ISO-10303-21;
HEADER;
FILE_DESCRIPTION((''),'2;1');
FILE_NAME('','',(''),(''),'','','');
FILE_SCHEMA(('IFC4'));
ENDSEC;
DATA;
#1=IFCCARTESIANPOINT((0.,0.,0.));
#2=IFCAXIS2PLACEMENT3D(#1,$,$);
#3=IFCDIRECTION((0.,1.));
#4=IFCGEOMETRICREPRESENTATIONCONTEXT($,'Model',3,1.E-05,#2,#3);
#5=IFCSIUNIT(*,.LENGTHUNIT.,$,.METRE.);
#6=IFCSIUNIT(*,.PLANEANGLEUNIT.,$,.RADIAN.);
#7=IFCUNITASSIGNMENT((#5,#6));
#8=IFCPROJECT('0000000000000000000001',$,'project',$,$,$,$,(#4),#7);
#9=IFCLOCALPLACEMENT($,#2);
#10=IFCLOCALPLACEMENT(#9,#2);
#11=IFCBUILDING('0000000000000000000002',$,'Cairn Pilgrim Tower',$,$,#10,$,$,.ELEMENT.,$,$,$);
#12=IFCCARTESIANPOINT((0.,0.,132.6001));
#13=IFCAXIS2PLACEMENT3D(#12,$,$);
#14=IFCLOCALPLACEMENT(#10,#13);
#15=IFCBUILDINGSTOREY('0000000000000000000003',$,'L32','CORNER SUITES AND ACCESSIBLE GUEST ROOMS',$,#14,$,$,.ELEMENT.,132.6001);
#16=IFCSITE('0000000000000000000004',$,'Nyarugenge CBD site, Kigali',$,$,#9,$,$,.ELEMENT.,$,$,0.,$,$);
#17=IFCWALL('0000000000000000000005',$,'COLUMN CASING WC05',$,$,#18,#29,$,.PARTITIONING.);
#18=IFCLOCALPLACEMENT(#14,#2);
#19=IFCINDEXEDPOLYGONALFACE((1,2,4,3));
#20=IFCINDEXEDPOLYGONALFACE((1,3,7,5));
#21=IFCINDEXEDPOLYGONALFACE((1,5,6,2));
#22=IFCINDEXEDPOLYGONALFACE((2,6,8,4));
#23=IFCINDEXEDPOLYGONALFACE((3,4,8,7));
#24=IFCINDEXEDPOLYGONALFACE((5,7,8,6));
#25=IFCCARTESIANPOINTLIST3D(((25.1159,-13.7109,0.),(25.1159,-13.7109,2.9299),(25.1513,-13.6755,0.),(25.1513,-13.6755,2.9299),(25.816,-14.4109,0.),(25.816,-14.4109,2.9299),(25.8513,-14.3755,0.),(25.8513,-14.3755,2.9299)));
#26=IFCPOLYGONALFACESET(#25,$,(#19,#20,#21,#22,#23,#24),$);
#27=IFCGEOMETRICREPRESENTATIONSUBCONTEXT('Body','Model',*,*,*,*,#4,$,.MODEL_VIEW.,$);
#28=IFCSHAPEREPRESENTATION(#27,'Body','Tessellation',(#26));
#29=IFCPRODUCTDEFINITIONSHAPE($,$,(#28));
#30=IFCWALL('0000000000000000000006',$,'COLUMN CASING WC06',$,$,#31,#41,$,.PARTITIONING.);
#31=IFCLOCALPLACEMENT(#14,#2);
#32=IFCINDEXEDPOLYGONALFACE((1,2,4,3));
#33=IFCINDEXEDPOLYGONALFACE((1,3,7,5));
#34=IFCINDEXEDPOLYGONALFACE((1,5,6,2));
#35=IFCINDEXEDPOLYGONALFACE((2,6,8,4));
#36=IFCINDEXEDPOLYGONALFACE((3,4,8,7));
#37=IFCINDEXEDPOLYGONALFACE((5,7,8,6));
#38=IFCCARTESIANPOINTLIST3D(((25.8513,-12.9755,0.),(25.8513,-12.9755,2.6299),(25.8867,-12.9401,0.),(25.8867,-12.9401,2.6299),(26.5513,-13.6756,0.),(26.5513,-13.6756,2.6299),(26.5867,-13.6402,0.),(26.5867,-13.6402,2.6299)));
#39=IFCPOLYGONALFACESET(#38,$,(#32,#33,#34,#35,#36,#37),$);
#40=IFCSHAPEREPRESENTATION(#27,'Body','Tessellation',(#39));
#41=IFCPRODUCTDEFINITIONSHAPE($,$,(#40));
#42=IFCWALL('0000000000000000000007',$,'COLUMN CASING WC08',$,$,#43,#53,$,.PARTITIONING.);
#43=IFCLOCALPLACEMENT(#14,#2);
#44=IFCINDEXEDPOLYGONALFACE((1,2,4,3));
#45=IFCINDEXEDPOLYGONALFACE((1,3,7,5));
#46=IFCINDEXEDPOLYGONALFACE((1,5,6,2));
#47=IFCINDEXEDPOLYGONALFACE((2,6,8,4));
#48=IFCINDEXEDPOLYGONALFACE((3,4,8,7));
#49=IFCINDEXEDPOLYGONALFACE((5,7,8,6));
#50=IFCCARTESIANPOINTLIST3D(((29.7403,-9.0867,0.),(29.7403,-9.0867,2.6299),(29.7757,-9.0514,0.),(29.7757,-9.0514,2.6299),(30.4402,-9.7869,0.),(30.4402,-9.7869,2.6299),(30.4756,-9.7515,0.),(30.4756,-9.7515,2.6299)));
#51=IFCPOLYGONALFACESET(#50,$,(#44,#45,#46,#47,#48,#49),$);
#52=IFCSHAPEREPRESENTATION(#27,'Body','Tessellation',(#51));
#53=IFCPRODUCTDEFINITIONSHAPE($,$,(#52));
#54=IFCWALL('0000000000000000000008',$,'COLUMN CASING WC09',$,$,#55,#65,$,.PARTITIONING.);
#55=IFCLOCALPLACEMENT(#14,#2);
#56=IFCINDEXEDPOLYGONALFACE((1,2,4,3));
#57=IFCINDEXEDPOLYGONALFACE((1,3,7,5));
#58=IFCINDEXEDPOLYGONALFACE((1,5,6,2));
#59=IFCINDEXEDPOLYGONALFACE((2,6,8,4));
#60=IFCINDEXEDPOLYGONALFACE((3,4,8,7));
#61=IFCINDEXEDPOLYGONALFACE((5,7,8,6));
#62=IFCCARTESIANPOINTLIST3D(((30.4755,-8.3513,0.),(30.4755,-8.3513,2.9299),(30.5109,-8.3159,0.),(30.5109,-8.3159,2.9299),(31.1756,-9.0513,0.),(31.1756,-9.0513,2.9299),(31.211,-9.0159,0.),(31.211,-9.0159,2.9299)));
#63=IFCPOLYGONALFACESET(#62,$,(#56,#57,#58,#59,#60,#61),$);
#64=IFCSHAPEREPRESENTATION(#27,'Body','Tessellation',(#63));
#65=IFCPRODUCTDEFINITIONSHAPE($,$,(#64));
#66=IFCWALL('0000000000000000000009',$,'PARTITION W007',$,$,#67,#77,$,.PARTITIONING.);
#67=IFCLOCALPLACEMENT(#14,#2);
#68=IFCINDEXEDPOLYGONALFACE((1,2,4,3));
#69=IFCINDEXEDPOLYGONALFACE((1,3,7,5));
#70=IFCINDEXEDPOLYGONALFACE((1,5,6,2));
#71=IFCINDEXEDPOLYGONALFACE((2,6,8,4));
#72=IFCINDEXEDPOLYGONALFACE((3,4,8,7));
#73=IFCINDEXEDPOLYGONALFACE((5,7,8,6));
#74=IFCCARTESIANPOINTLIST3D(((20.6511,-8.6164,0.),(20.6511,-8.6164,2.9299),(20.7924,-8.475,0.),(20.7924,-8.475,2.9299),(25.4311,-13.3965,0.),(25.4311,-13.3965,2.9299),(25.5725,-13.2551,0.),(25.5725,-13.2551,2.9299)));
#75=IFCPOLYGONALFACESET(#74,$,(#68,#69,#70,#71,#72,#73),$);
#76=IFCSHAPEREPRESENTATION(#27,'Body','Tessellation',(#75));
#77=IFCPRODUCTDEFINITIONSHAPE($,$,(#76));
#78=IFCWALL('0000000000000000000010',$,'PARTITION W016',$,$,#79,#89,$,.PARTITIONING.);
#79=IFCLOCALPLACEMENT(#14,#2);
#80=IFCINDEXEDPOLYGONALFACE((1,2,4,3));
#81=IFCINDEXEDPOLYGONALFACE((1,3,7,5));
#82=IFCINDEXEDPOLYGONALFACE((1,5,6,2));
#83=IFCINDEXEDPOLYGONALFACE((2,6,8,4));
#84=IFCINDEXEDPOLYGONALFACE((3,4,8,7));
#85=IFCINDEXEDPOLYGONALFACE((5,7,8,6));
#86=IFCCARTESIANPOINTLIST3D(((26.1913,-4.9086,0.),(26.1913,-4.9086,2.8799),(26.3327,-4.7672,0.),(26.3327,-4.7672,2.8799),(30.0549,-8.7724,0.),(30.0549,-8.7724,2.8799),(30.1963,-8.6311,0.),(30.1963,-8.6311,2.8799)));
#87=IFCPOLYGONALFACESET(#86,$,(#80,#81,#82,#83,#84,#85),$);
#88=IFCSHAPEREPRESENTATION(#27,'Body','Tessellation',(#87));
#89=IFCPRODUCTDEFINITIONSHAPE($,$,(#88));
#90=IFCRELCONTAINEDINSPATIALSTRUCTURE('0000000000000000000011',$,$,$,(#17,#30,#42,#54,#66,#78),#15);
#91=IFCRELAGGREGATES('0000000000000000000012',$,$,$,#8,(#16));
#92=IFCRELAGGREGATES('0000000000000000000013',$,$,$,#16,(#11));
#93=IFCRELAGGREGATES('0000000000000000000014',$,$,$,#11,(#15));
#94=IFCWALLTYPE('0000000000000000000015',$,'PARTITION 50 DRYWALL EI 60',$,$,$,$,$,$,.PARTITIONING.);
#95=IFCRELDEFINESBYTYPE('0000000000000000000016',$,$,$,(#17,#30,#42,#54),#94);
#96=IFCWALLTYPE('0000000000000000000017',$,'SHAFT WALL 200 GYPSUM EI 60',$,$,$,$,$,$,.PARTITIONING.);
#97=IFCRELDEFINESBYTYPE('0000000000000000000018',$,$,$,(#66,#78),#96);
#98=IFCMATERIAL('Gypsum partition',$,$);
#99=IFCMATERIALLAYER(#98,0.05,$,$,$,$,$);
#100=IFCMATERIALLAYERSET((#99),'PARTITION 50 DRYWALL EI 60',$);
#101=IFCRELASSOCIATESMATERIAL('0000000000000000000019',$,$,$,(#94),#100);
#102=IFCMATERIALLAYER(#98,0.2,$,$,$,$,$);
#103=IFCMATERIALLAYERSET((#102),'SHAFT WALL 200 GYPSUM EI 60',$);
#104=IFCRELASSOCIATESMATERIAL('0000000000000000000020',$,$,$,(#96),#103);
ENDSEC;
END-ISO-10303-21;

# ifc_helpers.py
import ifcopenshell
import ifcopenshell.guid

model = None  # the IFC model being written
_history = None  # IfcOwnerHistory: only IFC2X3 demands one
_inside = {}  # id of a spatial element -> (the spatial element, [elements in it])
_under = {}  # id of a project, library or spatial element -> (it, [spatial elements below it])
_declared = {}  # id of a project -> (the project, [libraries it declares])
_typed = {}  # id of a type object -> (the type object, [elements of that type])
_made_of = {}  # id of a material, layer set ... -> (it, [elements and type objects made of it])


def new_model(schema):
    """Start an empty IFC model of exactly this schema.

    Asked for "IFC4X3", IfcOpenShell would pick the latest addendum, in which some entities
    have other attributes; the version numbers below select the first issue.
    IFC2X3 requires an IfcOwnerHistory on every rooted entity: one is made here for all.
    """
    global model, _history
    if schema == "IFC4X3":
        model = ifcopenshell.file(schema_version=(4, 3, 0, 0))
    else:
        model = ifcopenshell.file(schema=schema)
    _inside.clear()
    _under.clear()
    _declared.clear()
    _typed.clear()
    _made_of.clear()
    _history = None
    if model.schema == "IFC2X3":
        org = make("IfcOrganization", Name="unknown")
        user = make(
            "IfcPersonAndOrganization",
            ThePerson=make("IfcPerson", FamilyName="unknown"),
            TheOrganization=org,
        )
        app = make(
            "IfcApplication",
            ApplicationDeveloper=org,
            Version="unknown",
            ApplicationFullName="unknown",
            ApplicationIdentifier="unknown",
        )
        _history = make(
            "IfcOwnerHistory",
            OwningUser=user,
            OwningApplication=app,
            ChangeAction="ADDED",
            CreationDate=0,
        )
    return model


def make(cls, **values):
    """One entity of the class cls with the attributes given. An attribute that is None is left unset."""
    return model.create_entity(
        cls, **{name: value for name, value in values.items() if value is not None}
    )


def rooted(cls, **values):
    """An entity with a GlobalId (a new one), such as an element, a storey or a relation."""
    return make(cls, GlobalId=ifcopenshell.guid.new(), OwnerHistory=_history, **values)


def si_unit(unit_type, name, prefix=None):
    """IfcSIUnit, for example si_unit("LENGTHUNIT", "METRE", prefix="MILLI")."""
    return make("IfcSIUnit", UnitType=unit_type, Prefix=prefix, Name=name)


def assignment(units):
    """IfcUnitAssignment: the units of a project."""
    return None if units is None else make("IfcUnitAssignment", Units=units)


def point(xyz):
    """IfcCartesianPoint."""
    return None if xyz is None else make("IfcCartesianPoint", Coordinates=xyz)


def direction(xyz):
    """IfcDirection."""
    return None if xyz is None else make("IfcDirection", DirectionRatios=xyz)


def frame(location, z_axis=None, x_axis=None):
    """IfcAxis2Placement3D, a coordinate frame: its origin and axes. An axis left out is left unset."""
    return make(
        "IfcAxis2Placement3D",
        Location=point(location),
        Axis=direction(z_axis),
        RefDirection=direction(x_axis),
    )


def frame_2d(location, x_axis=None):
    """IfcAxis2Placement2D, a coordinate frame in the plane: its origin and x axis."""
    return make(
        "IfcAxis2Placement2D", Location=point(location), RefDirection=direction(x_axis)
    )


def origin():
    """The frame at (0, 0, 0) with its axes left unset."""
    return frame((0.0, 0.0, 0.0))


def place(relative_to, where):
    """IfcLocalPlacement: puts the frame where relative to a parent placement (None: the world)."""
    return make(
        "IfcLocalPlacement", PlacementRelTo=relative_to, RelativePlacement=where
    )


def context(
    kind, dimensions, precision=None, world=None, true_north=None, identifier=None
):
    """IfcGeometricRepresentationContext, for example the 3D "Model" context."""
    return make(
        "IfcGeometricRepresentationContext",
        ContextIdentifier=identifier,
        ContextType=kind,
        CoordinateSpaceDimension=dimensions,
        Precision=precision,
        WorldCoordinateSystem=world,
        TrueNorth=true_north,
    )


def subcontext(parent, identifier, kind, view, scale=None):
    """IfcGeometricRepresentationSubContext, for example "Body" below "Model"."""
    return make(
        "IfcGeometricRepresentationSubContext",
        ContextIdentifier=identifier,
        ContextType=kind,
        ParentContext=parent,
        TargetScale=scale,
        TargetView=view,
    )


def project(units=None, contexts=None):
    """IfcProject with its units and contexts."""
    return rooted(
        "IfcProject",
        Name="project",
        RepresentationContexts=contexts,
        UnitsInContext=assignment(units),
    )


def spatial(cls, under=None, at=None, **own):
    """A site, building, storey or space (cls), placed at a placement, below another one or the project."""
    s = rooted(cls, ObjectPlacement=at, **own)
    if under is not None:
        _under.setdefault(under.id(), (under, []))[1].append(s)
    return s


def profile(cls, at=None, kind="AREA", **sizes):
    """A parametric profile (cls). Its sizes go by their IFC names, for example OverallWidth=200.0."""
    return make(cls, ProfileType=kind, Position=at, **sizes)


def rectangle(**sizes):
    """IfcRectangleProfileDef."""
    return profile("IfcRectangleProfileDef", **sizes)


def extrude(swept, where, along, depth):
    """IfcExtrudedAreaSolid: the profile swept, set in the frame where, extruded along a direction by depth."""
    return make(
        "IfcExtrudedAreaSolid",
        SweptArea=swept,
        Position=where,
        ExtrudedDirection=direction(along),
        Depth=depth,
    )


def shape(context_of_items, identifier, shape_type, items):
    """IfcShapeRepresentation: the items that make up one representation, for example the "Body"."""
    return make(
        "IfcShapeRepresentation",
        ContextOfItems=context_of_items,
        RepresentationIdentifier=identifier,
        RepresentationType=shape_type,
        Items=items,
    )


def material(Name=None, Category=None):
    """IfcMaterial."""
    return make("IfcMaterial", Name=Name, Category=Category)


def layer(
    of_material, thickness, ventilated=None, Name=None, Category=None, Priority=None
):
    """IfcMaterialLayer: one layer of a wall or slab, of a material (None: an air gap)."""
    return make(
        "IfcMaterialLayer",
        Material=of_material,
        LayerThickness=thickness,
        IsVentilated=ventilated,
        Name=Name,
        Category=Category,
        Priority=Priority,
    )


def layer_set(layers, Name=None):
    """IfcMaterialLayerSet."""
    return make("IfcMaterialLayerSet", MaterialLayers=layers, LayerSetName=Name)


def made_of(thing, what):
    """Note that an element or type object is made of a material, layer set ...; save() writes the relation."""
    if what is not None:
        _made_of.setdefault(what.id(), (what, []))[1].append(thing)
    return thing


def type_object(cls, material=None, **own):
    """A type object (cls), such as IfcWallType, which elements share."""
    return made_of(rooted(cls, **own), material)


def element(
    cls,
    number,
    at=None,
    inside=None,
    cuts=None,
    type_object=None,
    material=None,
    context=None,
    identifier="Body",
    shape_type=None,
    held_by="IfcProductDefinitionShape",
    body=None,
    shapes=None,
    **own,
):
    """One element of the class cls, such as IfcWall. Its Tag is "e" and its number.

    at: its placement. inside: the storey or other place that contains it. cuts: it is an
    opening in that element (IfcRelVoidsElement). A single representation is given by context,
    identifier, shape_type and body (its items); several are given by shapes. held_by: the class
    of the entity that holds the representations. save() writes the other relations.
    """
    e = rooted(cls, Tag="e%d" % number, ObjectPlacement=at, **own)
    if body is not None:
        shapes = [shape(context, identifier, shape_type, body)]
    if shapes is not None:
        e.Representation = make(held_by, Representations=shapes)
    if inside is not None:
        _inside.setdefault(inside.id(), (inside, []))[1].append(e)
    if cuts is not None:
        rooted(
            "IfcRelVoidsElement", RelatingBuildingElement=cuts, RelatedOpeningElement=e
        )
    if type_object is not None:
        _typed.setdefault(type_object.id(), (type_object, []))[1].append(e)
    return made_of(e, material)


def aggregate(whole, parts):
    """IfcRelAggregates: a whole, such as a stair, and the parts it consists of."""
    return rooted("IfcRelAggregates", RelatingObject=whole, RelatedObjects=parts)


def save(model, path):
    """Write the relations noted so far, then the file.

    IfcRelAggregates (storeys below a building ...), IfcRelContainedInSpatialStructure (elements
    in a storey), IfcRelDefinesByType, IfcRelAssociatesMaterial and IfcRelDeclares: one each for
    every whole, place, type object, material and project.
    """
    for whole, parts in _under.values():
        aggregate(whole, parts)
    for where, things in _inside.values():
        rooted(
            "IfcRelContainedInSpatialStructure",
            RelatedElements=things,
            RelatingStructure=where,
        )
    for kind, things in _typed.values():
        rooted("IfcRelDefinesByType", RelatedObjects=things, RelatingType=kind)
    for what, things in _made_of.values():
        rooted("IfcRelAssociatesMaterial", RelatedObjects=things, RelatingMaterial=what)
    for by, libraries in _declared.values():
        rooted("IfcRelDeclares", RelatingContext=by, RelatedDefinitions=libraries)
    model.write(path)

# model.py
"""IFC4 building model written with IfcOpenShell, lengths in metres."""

from ifc_helpers import new_model, si_unit, direction, frame, frame_2d, origin, place, context, subcontext, project, spatial, rectangle, extrude, material, layer, layer_set, type_object, element, save


model = new_model("IFC4")

# Units and contexts
model_context = context("Model", 3, precision=1e-05, world=origin(), true_north=direction((0.0, 1.0)))
body_context = subcontext(model_context, "Body", "Model", "MODEL_VIEW")
ifc_project = project(units=[si_unit("LENGTHUNIT", "METRE"), si_unit("PLANEANGLEUNIT", "RADIAN")], contexts=[model_context])

# Site, building, storey
site_placement = place(None, origin())
site = spatial("IfcSite", under=ifc_project, at=site_placement, Name="Nyarugenge CBD site, Kigali", CompositionType="ELEMENT", RefElevation=0.0)
building_placement = place(site_placement, origin())
building = spatial("IfcBuilding", under=site, at=building_placement, Name="Cairn Pilgrim Tower", CompositionType="ELEMENT")
storey_placement = place(building_placement, frame((0.0, 0.0, 132.6001)))
storey = spatial("IfcBuildingStorey", under=building, at=storey_placement, Name="L32", Description="CORNER SUITES AND ACCESSIBLE GUEST ROOMS", CompositionType="ELEMENT", Elevation=132.6001)

# Walls
ifc_material_1 = material(Name="Gypsum partition")
ifc_layer_1 = layer(ifc_material_1, 0.05)
ifc_layer_set_1 = layer_set([ifc_layer_1], Name="PARTITION 50 DRYWALL EI 60")
wall_type_1 = type_object("IfcWallType", Name="PARTITION 50 DRYWALL EI 60", PredefinedType="PARTITIONING", material=ifc_layer_set_1)
wall_1_placement = place(storey_placement, frame((25.8337, -14.3933, 0.0), z_axis=(0.0, 0.0, 1.0), x_axis=(-0.707107, 0.707107, 0.0)))
element("IfcWall", 1, at=wall_1_placement, inside=storey, type_object=wall_type_1, Name="COLUMN CASING WC05", PredefinedType="PARTITIONING", context=body_context, shape_type="SweptSolid", body=[
    extrude(rectangle(XDim=0.99, YDim=0.05, at=frame_2d((0.4951, 0.0))), origin(), (0.0, 0.0, 1.0), 2.9299),
])
for number, where, z_axis, x_axis, name in (
    (2, (26.5691, -13.658, 0.0), (0.0, 0.0, 1.0), (-0.707107, 0.707107, 0.0), "COLUMN CASING WC06"),
    (3, (30.458, -9.7693, 0.0), (0.0, 0.0, 1.0), (-0.706983, 0.70723, 0.0), "COLUMN CASING WC08"),
):
    element("IfcWall", number, at=place(storey_placement, frame(where, z_axis=z_axis, x_axis=x_axis)), inside=storey, type_object=wall_type_1, Name=name, PredefinedType="PARTITIONING", context=body_context, shape_type="SweptSolid", body=[
        extrude(rectangle(XDim=0.99, YDim=0.05, at=frame_2d((0.4951, 0.0))), origin(), (0.0, 0.0, 1.0), 2.6299),
    ])
wall_2_placement = place(storey_placement, frame((31.1934, -9.0337, 0.0), z_axis=(0.0, 0.0, 1.0), x_axis=(-0.707107, 0.707107, 0.0)))
element("IfcWall", 4, at=wall_2_placement, inside=storey, type_object=wall_type_1, Name="COLUMN CASING WC09", PredefinedType="PARTITIONING", context=body_context, shape_type="SweptSolid", body=[
    extrude(rectangle(XDim=0.99, YDim=0.05, at=frame_2d((0.4951, 0.0))), origin(), (0.0, 0.0, 1.0), 2.9299),
])
ifc_layer_2 = layer(ifc_material_1, 0.2)
ifc_layer_set_2 = layer_set([ifc_layer_2], Name="SHAFT WALL 200 GYPSUM EI 60")
wall_type_2 = type_object("IfcWallType", Name="SHAFT WALL 200 GYPSUM EI 60", PredefinedType="PARTITIONING", material=ifc_layer_set_2)
wall_3_placement = place(storey_placement, frame((25.5017, -13.3257, 0.0), z_axis=(0.0, 0.0, 1.0), x_axis=(-0.707107, 0.707107, 0.0)))
element("IfcWall", 5, at=wall_3_placement, inside=storey, type_object=wall_type_2, Name="PARTITION W007", PredefinedType="PARTITIONING", context=body_context, shape_type="SweptSolid", body=[
    extrude(rectangle(XDim=6.76, YDim=0.2, at=frame_2d((3.3799, 0.0))), origin(), (0.0, 0.0, 1.0), 2.9299),
])
wall_4_placement = place(storey_placement, frame((30.1255, -8.7017, 0.0), z_axis=(0.0, 0.0, 1.0), x_axis=(-0.707084, 0.707129, 0.0)))
element("IfcWall", 6, at=wall_4_placement, inside=storey, type_object=wall_type_2, Name="PARTITION W016", PredefinedType="PARTITIONING", context=body_context, shape_type="SweptSolid", body=[
    extrude(rectangle(XDim=5.4641, YDim=0.2, at=frame_2d((2.7319, 0.0))), origin(), (0.0, 0.0, 1.0), 2.8799),
])

save(model, "model.ifc")
